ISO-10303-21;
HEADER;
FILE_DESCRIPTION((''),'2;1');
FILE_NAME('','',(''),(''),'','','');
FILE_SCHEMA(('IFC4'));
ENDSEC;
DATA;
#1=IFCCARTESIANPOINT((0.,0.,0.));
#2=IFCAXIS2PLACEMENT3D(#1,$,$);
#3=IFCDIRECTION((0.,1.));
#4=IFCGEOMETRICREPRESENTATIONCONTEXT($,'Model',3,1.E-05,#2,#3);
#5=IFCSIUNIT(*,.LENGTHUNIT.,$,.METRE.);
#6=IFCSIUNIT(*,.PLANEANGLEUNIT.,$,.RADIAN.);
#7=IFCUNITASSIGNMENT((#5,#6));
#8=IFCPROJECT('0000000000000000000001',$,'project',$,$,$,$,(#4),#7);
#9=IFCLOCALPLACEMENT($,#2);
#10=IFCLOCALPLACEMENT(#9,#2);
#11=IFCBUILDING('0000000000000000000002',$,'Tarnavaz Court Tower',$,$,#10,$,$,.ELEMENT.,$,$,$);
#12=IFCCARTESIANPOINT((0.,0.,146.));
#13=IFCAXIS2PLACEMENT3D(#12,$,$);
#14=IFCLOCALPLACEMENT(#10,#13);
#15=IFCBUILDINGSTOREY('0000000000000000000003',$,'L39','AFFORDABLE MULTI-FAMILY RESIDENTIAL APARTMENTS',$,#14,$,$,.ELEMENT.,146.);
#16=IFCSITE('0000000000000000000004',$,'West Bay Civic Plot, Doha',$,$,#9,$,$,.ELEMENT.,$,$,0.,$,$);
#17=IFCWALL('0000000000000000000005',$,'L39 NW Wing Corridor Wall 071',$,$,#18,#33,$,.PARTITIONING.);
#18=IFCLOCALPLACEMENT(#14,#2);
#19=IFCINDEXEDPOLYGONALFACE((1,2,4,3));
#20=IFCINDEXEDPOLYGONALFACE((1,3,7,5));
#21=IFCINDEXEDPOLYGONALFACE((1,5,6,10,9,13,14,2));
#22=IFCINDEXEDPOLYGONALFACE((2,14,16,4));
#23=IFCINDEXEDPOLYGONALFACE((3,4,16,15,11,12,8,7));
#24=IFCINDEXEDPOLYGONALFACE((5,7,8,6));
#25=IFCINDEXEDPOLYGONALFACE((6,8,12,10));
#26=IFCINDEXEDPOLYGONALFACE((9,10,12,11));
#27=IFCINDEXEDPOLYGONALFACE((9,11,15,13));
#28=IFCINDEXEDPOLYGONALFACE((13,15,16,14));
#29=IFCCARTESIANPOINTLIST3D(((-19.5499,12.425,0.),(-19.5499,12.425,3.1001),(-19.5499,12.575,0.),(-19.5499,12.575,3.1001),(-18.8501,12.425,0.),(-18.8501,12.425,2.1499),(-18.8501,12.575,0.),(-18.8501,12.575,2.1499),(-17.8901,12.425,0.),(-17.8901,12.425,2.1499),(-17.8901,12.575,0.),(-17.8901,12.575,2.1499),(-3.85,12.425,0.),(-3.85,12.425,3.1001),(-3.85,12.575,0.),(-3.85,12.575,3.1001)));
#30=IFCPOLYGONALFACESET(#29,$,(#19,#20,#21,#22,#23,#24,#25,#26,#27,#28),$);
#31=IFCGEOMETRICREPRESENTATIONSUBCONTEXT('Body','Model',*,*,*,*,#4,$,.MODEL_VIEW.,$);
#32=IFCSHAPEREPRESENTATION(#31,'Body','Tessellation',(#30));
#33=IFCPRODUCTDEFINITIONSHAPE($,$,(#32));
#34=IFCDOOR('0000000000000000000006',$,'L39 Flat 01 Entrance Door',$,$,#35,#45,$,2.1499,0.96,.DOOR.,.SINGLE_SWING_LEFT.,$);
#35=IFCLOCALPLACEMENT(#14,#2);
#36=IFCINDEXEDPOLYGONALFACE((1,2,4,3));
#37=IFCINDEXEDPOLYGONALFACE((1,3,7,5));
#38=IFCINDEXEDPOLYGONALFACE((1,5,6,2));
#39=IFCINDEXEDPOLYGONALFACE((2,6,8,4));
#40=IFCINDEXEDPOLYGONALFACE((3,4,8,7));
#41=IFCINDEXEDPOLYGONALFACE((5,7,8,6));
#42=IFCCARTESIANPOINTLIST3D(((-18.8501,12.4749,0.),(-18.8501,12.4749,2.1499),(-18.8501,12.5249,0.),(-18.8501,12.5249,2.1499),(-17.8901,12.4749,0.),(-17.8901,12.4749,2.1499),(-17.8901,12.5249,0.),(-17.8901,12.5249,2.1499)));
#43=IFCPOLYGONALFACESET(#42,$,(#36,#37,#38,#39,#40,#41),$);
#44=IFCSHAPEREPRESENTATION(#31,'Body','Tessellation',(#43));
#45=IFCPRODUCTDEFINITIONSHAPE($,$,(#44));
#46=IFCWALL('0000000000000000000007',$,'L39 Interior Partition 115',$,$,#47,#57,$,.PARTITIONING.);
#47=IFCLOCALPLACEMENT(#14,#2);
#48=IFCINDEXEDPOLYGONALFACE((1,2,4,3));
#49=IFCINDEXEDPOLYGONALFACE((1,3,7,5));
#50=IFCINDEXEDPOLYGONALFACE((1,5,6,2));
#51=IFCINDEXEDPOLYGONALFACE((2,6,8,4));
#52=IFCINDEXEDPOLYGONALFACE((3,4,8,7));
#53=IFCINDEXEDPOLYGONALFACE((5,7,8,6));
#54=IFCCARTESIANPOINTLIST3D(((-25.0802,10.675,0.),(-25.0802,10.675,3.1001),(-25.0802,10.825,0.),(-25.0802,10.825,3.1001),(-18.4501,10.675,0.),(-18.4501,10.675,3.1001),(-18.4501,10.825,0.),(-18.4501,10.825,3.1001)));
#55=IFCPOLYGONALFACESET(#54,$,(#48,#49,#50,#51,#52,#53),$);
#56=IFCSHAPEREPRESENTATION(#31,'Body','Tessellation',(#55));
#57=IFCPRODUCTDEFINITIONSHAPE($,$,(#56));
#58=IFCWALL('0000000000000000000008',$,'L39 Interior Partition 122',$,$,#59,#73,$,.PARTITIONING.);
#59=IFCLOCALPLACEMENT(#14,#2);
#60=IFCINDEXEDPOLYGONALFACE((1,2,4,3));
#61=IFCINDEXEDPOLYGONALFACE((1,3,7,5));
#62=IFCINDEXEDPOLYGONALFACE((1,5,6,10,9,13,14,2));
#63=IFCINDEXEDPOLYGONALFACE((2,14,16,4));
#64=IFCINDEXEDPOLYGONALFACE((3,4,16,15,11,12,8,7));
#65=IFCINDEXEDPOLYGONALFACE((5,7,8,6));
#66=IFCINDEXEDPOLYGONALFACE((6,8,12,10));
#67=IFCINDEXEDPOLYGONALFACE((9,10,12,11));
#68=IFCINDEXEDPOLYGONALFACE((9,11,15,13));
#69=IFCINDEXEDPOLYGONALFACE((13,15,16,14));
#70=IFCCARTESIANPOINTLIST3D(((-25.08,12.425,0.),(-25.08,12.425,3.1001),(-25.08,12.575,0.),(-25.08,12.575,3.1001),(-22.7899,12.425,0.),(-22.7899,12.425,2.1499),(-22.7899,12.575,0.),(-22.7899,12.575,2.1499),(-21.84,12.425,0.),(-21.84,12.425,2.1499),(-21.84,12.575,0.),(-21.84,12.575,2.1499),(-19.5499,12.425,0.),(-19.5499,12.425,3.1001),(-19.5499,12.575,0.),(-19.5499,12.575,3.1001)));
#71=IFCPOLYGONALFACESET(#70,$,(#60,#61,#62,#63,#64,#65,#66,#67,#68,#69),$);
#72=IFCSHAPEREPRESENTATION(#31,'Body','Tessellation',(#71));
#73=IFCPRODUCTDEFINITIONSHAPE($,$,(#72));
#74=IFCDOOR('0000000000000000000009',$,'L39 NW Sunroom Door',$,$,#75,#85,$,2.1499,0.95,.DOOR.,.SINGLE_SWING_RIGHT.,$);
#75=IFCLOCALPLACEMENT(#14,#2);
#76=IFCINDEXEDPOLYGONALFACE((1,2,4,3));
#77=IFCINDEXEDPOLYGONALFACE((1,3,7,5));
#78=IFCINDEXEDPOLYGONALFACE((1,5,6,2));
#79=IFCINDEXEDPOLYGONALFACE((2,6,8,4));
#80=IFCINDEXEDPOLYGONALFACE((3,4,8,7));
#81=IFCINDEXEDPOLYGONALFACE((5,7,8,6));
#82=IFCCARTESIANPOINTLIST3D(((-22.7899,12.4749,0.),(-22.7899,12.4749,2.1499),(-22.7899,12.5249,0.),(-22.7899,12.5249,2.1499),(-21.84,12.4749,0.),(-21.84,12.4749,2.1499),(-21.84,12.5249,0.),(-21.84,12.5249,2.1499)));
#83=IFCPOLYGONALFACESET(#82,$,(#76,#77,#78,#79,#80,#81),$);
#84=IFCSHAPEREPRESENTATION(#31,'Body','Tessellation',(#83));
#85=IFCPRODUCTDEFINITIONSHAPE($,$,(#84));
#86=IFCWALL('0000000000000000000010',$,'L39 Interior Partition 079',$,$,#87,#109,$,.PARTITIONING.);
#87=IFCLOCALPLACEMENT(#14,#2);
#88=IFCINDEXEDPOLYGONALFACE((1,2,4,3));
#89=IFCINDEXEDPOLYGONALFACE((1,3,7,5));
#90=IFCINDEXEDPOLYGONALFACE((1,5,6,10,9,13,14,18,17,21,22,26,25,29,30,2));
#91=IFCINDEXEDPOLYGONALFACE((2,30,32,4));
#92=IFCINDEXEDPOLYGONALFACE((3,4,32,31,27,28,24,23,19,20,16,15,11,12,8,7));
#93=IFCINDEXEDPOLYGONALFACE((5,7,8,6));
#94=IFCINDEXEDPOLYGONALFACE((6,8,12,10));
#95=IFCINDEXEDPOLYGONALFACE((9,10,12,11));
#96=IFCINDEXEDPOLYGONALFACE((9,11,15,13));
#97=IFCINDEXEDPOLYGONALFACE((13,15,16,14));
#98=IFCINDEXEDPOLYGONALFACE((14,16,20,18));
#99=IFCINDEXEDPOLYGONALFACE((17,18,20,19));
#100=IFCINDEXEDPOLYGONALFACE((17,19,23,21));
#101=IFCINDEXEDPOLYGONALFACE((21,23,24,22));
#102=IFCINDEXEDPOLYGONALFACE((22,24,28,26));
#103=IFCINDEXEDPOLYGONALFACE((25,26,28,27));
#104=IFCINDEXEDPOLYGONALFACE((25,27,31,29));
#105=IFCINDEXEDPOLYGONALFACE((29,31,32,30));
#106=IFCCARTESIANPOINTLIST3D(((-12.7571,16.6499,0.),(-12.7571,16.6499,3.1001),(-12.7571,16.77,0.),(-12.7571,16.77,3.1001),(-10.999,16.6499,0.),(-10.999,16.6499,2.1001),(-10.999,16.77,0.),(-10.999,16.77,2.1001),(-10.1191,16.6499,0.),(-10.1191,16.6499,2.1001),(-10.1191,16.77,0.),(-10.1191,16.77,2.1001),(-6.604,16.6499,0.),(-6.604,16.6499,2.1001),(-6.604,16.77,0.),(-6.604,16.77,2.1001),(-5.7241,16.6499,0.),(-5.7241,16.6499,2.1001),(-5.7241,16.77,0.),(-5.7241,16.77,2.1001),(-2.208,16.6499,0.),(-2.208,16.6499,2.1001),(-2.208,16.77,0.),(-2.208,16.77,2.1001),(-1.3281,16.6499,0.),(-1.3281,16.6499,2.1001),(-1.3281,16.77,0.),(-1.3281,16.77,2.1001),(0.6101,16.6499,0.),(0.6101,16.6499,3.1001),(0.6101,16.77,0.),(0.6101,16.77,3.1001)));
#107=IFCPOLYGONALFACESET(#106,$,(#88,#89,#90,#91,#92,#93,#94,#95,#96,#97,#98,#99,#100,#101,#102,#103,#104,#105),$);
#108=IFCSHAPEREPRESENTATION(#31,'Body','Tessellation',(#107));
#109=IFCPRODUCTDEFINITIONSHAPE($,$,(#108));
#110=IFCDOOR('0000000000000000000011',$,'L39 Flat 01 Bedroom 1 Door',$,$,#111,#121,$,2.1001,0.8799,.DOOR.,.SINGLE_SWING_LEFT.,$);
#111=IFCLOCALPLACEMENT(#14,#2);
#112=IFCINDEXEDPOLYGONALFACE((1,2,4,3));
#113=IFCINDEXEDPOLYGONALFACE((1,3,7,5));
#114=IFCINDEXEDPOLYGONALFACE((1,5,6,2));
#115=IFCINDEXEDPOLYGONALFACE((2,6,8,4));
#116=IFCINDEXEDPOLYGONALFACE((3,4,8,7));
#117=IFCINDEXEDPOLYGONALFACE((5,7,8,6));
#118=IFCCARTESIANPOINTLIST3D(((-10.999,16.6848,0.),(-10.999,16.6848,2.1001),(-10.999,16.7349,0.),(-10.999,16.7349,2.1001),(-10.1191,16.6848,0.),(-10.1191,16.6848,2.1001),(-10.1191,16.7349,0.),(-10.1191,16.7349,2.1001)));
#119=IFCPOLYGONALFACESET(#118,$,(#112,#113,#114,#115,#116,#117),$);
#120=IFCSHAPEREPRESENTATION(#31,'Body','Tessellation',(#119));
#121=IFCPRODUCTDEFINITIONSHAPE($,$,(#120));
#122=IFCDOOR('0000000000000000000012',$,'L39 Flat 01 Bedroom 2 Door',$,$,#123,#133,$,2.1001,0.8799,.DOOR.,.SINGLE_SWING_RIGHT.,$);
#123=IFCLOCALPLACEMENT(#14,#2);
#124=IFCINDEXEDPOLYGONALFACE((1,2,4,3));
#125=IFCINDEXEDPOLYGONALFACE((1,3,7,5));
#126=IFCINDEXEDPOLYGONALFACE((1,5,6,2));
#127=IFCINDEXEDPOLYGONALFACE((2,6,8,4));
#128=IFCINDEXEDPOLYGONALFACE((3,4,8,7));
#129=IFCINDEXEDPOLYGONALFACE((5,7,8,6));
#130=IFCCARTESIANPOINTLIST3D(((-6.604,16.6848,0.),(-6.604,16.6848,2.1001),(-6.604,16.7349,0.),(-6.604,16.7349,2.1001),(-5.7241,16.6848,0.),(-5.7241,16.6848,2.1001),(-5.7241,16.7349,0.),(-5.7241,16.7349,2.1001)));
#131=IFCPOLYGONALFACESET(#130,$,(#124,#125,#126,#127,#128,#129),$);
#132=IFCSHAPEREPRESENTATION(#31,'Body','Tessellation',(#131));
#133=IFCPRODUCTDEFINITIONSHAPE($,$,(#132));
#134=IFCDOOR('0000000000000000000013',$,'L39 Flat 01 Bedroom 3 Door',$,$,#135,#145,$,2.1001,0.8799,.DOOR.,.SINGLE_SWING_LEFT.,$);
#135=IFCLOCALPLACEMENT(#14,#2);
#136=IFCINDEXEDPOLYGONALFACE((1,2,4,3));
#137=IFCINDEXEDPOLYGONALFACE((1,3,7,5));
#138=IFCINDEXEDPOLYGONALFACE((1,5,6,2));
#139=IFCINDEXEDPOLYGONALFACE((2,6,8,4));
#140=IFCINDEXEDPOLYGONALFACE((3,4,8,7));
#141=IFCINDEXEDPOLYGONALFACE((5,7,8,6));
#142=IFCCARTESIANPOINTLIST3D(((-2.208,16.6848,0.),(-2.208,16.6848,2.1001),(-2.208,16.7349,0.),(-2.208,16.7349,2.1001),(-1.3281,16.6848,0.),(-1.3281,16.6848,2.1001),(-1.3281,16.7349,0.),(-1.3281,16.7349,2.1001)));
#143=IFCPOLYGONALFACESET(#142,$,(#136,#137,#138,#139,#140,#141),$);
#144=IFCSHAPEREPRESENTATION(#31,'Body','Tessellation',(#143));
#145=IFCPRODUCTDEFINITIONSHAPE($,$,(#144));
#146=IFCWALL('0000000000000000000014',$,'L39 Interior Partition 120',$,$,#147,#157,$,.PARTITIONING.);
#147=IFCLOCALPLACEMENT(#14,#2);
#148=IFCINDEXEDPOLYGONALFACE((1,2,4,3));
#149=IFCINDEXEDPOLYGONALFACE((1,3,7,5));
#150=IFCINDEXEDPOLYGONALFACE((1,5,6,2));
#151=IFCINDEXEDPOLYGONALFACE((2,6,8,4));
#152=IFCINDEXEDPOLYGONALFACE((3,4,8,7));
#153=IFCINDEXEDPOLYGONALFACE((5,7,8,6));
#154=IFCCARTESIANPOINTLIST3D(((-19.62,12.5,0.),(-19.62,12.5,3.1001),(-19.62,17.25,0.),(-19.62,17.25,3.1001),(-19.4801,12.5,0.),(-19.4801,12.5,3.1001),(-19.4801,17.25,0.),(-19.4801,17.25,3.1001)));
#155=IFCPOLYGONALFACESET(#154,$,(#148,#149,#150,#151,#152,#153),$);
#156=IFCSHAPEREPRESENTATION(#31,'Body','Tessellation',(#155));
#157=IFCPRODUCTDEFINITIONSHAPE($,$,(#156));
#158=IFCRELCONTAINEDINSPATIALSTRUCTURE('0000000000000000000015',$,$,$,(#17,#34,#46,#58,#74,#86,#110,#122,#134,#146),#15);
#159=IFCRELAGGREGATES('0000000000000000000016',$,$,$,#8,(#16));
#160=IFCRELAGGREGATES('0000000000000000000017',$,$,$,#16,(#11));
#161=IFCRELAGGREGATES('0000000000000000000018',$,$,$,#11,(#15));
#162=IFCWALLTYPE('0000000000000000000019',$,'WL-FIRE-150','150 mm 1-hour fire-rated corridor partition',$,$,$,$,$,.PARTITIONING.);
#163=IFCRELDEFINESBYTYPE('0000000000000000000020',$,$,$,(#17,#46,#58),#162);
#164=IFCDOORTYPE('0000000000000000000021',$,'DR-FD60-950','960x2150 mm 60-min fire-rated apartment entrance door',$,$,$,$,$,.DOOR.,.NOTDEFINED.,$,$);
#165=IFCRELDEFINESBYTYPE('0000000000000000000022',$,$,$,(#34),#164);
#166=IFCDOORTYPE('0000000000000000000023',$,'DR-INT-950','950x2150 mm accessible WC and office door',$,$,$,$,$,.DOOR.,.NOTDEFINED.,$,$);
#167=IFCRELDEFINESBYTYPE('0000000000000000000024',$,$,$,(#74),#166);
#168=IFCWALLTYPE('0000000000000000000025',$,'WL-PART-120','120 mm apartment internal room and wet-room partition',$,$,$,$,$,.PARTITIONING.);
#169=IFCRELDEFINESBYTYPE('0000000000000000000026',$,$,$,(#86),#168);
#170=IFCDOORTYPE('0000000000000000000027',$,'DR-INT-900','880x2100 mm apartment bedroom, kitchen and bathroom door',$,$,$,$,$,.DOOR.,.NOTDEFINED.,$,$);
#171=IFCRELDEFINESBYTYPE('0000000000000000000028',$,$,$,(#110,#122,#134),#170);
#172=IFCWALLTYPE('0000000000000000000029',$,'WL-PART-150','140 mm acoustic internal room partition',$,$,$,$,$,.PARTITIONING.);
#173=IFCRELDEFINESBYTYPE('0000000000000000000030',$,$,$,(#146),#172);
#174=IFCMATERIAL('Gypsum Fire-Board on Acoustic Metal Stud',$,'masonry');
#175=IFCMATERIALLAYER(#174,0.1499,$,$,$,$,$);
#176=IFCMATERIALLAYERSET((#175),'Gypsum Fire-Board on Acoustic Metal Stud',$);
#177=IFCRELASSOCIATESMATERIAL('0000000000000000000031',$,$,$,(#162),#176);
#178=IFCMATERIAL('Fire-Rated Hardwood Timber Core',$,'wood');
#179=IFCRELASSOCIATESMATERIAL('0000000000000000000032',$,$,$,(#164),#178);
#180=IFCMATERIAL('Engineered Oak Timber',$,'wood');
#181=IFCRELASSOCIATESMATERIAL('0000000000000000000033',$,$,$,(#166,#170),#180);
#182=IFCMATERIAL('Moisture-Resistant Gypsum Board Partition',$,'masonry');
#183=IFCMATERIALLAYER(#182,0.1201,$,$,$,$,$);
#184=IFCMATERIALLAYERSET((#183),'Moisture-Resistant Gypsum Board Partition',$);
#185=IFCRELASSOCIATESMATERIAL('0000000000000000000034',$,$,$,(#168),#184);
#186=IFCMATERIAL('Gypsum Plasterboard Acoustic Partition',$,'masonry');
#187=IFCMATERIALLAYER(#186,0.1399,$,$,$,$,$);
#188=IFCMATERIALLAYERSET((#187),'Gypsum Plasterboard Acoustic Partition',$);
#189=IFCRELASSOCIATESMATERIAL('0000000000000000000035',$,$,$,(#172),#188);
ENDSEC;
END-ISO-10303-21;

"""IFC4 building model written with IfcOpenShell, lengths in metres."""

from ifc_helpers import new_model, si_unit, direction, frame, frame_2d, origin, place, context, subcontext, project, spatial, rectangle, extrude, material, layer, layer_set, type_object, element, fill, save


model = new_model("IFC4")

# Units and contexts
model_context = context("Model", 3, precision=1e-05, world=origin(), true_north=direction((0.0, 1.0)))
body_context = subcontext(model_context, "Body", "Model", "MODEL_VIEW")
ifc_project = project(units=[si_unit("LENGTHUNIT", "METRE"), si_unit("PLANEANGLEUNIT", "RADIAN")], contexts=[model_context])

# Site, building, storey
site_placement = place(None, origin())
site = spatial("IfcSite", under=ifc_project, at=site_placement, Name="West Bay Civic Plot, Doha", CompositionType="ELEMENT", RefElevation=0.0)
building_placement = place(site_placement, origin())
building = spatial("IfcBuilding", under=site, at=building_placement, Name="Tarnavaz Court Tower", CompositionType="ELEMENT")
storey_placement = place(building_placement, frame((0.0, 0.0, 146.0)))
storey = spatial("IfcBuildingStorey", under=building, at=storey_placement, Name="L39", Description="AFFORDABLE MULTI-FAMILY RESIDENTIAL APARTMENTS", CompositionType="ELEMENT", Elevation=146.0)

# Wall, opening, door
ifc_material_1 = material(Name="Gypsum Fire-Board on Acoustic Metal Stud", Category="masonry")
ifc_layer_1 = layer(ifc_material_1, 0.1499)
ifc_layer_set_1 = layer_set([ifc_layer_1], Name="Gypsum Fire-Board on Acoustic Metal Stud")
wall_type_1 = type_object("IfcWallType", Name="WL-FIRE-150", Description="150 mm 1-hour fire-rated corridor partition", PredefinedType="PARTITIONING", material=ifc_layer_set_1)
wall_1_placement = place(storey_placement, frame((-19.55, 12.5, 0.0), z_axis=(0.0, 0.0, 1.0), x_axis=(1.0, 0.0, 0.0)))
wall_1 = element("IfcWall", 1, at=wall_1_placement, inside=storey, type_object=wall_type_1, Name="L39 NW Wing Corridor Wall 071", PredefinedType="PARTITIONING", context=body_context, shape_type="SweptSolid", body=[
    extrude(rectangle(XDim=15.7, YDim=0.1499, at=frame_2d((7.8501, 0.0))), origin(), (0.0, 0.0, 1.0), 3.1001),
])
opening_1_placement = place(wall_1_placement, frame((0.7, 0.0, 0.0)))
opening_1 = element("IfcOpeningElement", 2, at=opening_1_placement, cuts=wall_1, PredefinedType="OPENING", context=body_context, shape_type="SweptSolid", body=[
    extrude(rectangle(XDim=0.96, YDim=2.1499, at=frame_2d((0.48, 1.075))), frame((0.0, 0.085, 0.0), z_axis=(0.0, -1.0, 0.0), x_axis=(1.0, 0.0, 0.0)), (0.0, 0.0, 1.0), 0.1699),
])
ifc_material_2 = material(Name="Fire-Rated Hardwood Timber Core", Category="wood")
door_type_1 = type_object("IfcDoorType", Name="DR-FD60-950", Description="960x2150 mm 60-min fire-rated apartment entrance door", OperationType="NOTDEFINED", PredefinedType="DOOR", material=ifc_material_2)
door_1_placement = place(opening_1_placement, origin())
door_1 = element("IfcDoor", 3, at=door_1_placement, inside=storey, type_object=door_type_1, Name="L39 Flat 01 Entrance Door", OperationType="SINGLE_SWING_LEFT", OverallHeight=2.1499, OverallWidth=0.96, PredefinedType="DOOR", context=body_context, shape_type="SweptSolid", body=[
    extrude(rectangle(XDim=0.96, YDim=2.1499, at=frame_2d((0.48, 1.075))), frame((0.0, 0.0249, 0.0), z_axis=(0.0, -1.0, 0.0), x_axis=(1.0, 0.0, 0.0)), (0.0, 0.0, 1.0), 0.05),
])
fill(opening_1, door_1)

# Wall
wall_2_placement = place(storey_placement, frame((-25.0801, 10.75, 0.0), z_axis=(0.0, 0.0, 1.0), x_axis=(1.0, 0.0, 0.0)))
element("IfcWall", 4, at=wall_2_placement, inside=storey, type_object=wall_type_1, Name="L39 Interior Partition 115", PredefinedType="PARTITIONING", context=body_context, shape_type="SweptSolid", body=[
    extrude(rectangle(XDim=6.6301, YDim=0.1499, at=frame_2d((3.3149, 0.0))), origin(), (0.0, 0.0, 1.0), 3.1001),
])

# Wall, opening, door
wall_3_placement = place(storey_placement, frame((-25.0801, 12.5, 0.0), z_axis=(0.0, 0.0, 1.0), x_axis=(1.0, 0.0, 0.0)))
wall_3 = element("IfcWall", 5, at=wall_3_placement, inside=storey, type_object=wall_type_1, Name="L39 Interior Partition 122", PredefinedType="PARTITIONING", context=body_context, shape_type="SweptSolid", body=[
    extrude(rectangle(XDim=5.53, YDim=0.1499, at=frame_2d((2.7651, 0.0))), origin(), (0.0, 0.0, 1.0), 3.1001),
])
opening_2_placement = place(wall_3_placement, frame((2.29, 0.0, 0.0)))
opening_2 = element("IfcOpeningElement", 6, at=opening_2_placement, cuts=wall_3, PredefinedType="OPENING", context=body_context, shape_type="SweptSolid", body=[
    extrude(rectangle(XDim=0.95, YDim=2.1499, at=frame_2d((0.4751, 1.075))), frame((0.0, 0.085, 0.0), z_axis=(0.0, -1.0, 0.0), x_axis=(1.0, 0.0, 0.0)), (0.0, 0.0, 1.0), 0.1699),
])
ifc_material_3 = material(Name="Engineered Oak Timber", Category="wood")
door_type_2 = type_object("IfcDoorType", Name="DR-INT-950", Description="950x2150 mm accessible WC and office door", OperationType="NOTDEFINED", PredefinedType="DOOR", material=ifc_material_3)
door_2_placement = place(opening_2_placement, origin())
door_2 = element("IfcDoor", 7, at=door_2_placement, inside=storey, type_object=door_type_2, Name="L39 NW Sunroom Door", OperationType="SINGLE_SWING_RIGHT", OverallHeight=2.1499, OverallWidth=0.95, PredefinedType="DOOR", context=body_context, shape_type="SweptSolid", body=[
    extrude(rectangle(XDim=0.95, YDim=2.1499, at=frame_2d((0.4751, 1.075))), frame((0.0, 0.0249, 0.0), z_axis=(0.0, -1.0, 0.0), x_axis=(1.0, 0.0, 0.0)), (0.0, 0.0, 1.0), 0.05),
])
fill(opening_2, door_2)

# Wall, openings, doors
ifc_material_4 = material(Name="Moisture-Resistant Gypsum Board Partition", Category="masonry")
ifc_layer_2 = layer(ifc_material_4, 0.1201)
ifc_layer_set_2 = layer_set([ifc_layer_2], Name="Moisture-Resistant Gypsum Board Partition")
wall_type_2 = type_object("IfcWallType", Name="WL-PART-120", Description="120 mm apartment internal room and wet-room partition", PredefinedType="PARTITIONING", material=ifc_layer_set_2)
wall_4_placement = place(storey_placement, frame((-12.7571, 16.71, 0.0), z_axis=(0.0, 0.0, 1.0), x_axis=(1.0, 0.0, 0.0)))
wall_4 = element("IfcWall", 8, at=wall_4_placement, inside=storey, type_object=wall_type_2, Name="L39 Interior Partition 079", PredefinedType="PARTITIONING", context=body_context, shape_type="SweptSolid", body=[
    extrude(rectangle(XDim=13.3672, YDim=0.1201, at=frame_2d((6.6836, 0.0))), origin(), (0.0, 0.0, 1.0), 3.1001),
])
opening_3_placement = place(wall_4_placement, frame((1.7581, 0.0, 0.0)))
opening_3 = element("IfcOpeningElement", 9, at=opening_3_placement, cuts=wall_4, PredefinedType="OPENING", context=body_context, shape_type="SweptSolid", body=[
    extrude(rectangle(XDim=0.8799, YDim=2.1001, at=frame_2d((0.4399, 1.05))), frame((0.0, 0.0701, 0.0), z_axis=(0.0, -1.0, 0.0), x_axis=(1.0, 0.0, 0.0)), (0.0, 0.0, 1.0), 0.1401),
])
opening_4_placement = place(wall_4_placement, frame((6.1531, 0.0, 0.0)))
opening_4 = element("IfcOpeningElement", 10, at=opening_4_placement, cuts=wall_4, PredefinedType="OPENING", context=body_context, shape_type="SweptSolid", body=[
    extrude(rectangle(XDim=0.8799, YDim=2.1001, at=frame_2d((0.4399, 1.05))), frame((0.0, 0.0701, 0.0), z_axis=(0.0, -1.0, 0.0), x_axis=(1.0, 0.0, 0.0)), (0.0, 0.0, 1.0), 0.1401),
])
opening_5_placement = place(wall_4_placement, frame((10.5491, 0.0, 0.0)))
opening_5 = element("IfcOpeningElement", 11, at=opening_5_placement, cuts=wall_4, PredefinedType="OPENING", context=body_context, shape_type="SweptSolid", body=[
    extrude(rectangle(XDim=0.8799, YDim=2.1001, at=frame_2d((0.4399, 1.05))), frame((0.0, 0.0701, 0.0), z_axis=(0.0, -1.0, 0.0), x_axis=(1.0, 0.0, 0.0)), (0.0, 0.0, 1.0), 0.1401),
])
door_type_3 = type_object("IfcDoorType", Name="DR-INT-900", Description="880x2100 mm apartment bedroom, kitchen and bathroom door", OperationType="NOTDEFINED", PredefinedType="DOOR", material=ifc_material_3)
door_3_placement = place(opening_3_placement, origin())
door_3 = element("IfcDoor", 12, at=door_3_placement, inside=storey, type_object=door_type_3, Name="L39 Flat 01 Bedroom 1 Door", OperationType="SINGLE_SWING_LEFT", OverallHeight=2.1001, OverallWidth=0.8799, PredefinedType="DOOR", context=body_context, shape_type="SweptSolid", body=[
    extrude(rectangle(XDim=0.8799, YDim=2.1001, at=frame_2d((0.4399, 1.05))), frame((0.0, 0.0249, 0.0), z_axis=(0.0, -1.0, 0.0), x_axis=(1.0, 0.0, 0.0)), (0.0, 0.0, 1.0), 0.05),
])
fill(opening_3, door_3)
door_4_placement = place(opening_4_placement, origin())
door_4 = element("IfcDoor", 13, at=door_4_placement, inside=storey, type_object=door_type_3, Name="L39 Flat 01 Bedroom 2 Door", OperationType="SINGLE_SWING_RIGHT", OverallHeight=2.1001, OverallWidth=0.8799, PredefinedType="DOOR", context=body_context, shape_type="SweptSolid", body=[
    extrude(rectangle(XDim=0.8799, YDim=2.1001, at=frame_2d((0.4399, 1.05))), frame((0.0, 0.0249, 0.0), z_axis=(0.0, -1.0, 0.0), x_axis=(1.0, 0.0, 0.0)), (0.0, 0.0, 1.0), 0.05),
])
fill(opening_4, door_4)
door_5_placement = place(opening_5_placement, origin())
door_5 = element("IfcDoor", 14, at=door_5_placement, inside=storey, type_object=door_type_3, Name="L39 Flat 01 Bedroom 3 Door", OperationType="SINGLE_SWING_LEFT", OverallHeight=2.1001, OverallWidth=0.8799, PredefinedType="DOOR", context=body_context, shape_type="SweptSolid", body=[
    extrude(rectangle(XDim=0.8799, YDim=2.1001, at=frame_2d((0.4399, 1.05))), frame((0.0, 0.0249, 0.0), z_axis=(0.0, -1.0, 0.0), x_axis=(1.0, 0.0, 0.0)), (0.0, 0.0, 1.0), 0.05),
])
fill(opening_5, door_5)

# Wall
ifc_material_5 = material(Name="Gypsum Plasterboard Acoustic Partition", Category="masonry")
ifc_layer_3 = layer(ifc_material_5, 0.1399)
ifc_layer_set_3 = layer_set([ifc_layer_3], Name="Gypsum Plasterboard Acoustic Partition")
wall_type_3 = type_object("IfcWallType", Name="WL-PART-150", Description="140 mm acoustic internal room partition", PredefinedType="PARTITIONING", material=ifc_layer_set_3)
wall_5_placement = place(storey_placement, frame((-19.55, 12.5, 0.0), z_axis=(0.0, 0.0, 1.0), x_axis=(0.0, 1.0, 0.0)))
element("IfcWall", 15, at=wall_5_placement, inside=storey, type_object=wall_type_3, Name="L39 Interior Partition 120", PredefinedType="PARTITIONING", context=body_context, shape_type="SweptSolid", body=[
    extrude(rectangle(XDim=4.75, YDim=0.1399, at=frame_2d((2.375, 0.0))), origin(), (0.0, 0.0, 1.0), 3.1001),
])

save(model, "model.ifc")
